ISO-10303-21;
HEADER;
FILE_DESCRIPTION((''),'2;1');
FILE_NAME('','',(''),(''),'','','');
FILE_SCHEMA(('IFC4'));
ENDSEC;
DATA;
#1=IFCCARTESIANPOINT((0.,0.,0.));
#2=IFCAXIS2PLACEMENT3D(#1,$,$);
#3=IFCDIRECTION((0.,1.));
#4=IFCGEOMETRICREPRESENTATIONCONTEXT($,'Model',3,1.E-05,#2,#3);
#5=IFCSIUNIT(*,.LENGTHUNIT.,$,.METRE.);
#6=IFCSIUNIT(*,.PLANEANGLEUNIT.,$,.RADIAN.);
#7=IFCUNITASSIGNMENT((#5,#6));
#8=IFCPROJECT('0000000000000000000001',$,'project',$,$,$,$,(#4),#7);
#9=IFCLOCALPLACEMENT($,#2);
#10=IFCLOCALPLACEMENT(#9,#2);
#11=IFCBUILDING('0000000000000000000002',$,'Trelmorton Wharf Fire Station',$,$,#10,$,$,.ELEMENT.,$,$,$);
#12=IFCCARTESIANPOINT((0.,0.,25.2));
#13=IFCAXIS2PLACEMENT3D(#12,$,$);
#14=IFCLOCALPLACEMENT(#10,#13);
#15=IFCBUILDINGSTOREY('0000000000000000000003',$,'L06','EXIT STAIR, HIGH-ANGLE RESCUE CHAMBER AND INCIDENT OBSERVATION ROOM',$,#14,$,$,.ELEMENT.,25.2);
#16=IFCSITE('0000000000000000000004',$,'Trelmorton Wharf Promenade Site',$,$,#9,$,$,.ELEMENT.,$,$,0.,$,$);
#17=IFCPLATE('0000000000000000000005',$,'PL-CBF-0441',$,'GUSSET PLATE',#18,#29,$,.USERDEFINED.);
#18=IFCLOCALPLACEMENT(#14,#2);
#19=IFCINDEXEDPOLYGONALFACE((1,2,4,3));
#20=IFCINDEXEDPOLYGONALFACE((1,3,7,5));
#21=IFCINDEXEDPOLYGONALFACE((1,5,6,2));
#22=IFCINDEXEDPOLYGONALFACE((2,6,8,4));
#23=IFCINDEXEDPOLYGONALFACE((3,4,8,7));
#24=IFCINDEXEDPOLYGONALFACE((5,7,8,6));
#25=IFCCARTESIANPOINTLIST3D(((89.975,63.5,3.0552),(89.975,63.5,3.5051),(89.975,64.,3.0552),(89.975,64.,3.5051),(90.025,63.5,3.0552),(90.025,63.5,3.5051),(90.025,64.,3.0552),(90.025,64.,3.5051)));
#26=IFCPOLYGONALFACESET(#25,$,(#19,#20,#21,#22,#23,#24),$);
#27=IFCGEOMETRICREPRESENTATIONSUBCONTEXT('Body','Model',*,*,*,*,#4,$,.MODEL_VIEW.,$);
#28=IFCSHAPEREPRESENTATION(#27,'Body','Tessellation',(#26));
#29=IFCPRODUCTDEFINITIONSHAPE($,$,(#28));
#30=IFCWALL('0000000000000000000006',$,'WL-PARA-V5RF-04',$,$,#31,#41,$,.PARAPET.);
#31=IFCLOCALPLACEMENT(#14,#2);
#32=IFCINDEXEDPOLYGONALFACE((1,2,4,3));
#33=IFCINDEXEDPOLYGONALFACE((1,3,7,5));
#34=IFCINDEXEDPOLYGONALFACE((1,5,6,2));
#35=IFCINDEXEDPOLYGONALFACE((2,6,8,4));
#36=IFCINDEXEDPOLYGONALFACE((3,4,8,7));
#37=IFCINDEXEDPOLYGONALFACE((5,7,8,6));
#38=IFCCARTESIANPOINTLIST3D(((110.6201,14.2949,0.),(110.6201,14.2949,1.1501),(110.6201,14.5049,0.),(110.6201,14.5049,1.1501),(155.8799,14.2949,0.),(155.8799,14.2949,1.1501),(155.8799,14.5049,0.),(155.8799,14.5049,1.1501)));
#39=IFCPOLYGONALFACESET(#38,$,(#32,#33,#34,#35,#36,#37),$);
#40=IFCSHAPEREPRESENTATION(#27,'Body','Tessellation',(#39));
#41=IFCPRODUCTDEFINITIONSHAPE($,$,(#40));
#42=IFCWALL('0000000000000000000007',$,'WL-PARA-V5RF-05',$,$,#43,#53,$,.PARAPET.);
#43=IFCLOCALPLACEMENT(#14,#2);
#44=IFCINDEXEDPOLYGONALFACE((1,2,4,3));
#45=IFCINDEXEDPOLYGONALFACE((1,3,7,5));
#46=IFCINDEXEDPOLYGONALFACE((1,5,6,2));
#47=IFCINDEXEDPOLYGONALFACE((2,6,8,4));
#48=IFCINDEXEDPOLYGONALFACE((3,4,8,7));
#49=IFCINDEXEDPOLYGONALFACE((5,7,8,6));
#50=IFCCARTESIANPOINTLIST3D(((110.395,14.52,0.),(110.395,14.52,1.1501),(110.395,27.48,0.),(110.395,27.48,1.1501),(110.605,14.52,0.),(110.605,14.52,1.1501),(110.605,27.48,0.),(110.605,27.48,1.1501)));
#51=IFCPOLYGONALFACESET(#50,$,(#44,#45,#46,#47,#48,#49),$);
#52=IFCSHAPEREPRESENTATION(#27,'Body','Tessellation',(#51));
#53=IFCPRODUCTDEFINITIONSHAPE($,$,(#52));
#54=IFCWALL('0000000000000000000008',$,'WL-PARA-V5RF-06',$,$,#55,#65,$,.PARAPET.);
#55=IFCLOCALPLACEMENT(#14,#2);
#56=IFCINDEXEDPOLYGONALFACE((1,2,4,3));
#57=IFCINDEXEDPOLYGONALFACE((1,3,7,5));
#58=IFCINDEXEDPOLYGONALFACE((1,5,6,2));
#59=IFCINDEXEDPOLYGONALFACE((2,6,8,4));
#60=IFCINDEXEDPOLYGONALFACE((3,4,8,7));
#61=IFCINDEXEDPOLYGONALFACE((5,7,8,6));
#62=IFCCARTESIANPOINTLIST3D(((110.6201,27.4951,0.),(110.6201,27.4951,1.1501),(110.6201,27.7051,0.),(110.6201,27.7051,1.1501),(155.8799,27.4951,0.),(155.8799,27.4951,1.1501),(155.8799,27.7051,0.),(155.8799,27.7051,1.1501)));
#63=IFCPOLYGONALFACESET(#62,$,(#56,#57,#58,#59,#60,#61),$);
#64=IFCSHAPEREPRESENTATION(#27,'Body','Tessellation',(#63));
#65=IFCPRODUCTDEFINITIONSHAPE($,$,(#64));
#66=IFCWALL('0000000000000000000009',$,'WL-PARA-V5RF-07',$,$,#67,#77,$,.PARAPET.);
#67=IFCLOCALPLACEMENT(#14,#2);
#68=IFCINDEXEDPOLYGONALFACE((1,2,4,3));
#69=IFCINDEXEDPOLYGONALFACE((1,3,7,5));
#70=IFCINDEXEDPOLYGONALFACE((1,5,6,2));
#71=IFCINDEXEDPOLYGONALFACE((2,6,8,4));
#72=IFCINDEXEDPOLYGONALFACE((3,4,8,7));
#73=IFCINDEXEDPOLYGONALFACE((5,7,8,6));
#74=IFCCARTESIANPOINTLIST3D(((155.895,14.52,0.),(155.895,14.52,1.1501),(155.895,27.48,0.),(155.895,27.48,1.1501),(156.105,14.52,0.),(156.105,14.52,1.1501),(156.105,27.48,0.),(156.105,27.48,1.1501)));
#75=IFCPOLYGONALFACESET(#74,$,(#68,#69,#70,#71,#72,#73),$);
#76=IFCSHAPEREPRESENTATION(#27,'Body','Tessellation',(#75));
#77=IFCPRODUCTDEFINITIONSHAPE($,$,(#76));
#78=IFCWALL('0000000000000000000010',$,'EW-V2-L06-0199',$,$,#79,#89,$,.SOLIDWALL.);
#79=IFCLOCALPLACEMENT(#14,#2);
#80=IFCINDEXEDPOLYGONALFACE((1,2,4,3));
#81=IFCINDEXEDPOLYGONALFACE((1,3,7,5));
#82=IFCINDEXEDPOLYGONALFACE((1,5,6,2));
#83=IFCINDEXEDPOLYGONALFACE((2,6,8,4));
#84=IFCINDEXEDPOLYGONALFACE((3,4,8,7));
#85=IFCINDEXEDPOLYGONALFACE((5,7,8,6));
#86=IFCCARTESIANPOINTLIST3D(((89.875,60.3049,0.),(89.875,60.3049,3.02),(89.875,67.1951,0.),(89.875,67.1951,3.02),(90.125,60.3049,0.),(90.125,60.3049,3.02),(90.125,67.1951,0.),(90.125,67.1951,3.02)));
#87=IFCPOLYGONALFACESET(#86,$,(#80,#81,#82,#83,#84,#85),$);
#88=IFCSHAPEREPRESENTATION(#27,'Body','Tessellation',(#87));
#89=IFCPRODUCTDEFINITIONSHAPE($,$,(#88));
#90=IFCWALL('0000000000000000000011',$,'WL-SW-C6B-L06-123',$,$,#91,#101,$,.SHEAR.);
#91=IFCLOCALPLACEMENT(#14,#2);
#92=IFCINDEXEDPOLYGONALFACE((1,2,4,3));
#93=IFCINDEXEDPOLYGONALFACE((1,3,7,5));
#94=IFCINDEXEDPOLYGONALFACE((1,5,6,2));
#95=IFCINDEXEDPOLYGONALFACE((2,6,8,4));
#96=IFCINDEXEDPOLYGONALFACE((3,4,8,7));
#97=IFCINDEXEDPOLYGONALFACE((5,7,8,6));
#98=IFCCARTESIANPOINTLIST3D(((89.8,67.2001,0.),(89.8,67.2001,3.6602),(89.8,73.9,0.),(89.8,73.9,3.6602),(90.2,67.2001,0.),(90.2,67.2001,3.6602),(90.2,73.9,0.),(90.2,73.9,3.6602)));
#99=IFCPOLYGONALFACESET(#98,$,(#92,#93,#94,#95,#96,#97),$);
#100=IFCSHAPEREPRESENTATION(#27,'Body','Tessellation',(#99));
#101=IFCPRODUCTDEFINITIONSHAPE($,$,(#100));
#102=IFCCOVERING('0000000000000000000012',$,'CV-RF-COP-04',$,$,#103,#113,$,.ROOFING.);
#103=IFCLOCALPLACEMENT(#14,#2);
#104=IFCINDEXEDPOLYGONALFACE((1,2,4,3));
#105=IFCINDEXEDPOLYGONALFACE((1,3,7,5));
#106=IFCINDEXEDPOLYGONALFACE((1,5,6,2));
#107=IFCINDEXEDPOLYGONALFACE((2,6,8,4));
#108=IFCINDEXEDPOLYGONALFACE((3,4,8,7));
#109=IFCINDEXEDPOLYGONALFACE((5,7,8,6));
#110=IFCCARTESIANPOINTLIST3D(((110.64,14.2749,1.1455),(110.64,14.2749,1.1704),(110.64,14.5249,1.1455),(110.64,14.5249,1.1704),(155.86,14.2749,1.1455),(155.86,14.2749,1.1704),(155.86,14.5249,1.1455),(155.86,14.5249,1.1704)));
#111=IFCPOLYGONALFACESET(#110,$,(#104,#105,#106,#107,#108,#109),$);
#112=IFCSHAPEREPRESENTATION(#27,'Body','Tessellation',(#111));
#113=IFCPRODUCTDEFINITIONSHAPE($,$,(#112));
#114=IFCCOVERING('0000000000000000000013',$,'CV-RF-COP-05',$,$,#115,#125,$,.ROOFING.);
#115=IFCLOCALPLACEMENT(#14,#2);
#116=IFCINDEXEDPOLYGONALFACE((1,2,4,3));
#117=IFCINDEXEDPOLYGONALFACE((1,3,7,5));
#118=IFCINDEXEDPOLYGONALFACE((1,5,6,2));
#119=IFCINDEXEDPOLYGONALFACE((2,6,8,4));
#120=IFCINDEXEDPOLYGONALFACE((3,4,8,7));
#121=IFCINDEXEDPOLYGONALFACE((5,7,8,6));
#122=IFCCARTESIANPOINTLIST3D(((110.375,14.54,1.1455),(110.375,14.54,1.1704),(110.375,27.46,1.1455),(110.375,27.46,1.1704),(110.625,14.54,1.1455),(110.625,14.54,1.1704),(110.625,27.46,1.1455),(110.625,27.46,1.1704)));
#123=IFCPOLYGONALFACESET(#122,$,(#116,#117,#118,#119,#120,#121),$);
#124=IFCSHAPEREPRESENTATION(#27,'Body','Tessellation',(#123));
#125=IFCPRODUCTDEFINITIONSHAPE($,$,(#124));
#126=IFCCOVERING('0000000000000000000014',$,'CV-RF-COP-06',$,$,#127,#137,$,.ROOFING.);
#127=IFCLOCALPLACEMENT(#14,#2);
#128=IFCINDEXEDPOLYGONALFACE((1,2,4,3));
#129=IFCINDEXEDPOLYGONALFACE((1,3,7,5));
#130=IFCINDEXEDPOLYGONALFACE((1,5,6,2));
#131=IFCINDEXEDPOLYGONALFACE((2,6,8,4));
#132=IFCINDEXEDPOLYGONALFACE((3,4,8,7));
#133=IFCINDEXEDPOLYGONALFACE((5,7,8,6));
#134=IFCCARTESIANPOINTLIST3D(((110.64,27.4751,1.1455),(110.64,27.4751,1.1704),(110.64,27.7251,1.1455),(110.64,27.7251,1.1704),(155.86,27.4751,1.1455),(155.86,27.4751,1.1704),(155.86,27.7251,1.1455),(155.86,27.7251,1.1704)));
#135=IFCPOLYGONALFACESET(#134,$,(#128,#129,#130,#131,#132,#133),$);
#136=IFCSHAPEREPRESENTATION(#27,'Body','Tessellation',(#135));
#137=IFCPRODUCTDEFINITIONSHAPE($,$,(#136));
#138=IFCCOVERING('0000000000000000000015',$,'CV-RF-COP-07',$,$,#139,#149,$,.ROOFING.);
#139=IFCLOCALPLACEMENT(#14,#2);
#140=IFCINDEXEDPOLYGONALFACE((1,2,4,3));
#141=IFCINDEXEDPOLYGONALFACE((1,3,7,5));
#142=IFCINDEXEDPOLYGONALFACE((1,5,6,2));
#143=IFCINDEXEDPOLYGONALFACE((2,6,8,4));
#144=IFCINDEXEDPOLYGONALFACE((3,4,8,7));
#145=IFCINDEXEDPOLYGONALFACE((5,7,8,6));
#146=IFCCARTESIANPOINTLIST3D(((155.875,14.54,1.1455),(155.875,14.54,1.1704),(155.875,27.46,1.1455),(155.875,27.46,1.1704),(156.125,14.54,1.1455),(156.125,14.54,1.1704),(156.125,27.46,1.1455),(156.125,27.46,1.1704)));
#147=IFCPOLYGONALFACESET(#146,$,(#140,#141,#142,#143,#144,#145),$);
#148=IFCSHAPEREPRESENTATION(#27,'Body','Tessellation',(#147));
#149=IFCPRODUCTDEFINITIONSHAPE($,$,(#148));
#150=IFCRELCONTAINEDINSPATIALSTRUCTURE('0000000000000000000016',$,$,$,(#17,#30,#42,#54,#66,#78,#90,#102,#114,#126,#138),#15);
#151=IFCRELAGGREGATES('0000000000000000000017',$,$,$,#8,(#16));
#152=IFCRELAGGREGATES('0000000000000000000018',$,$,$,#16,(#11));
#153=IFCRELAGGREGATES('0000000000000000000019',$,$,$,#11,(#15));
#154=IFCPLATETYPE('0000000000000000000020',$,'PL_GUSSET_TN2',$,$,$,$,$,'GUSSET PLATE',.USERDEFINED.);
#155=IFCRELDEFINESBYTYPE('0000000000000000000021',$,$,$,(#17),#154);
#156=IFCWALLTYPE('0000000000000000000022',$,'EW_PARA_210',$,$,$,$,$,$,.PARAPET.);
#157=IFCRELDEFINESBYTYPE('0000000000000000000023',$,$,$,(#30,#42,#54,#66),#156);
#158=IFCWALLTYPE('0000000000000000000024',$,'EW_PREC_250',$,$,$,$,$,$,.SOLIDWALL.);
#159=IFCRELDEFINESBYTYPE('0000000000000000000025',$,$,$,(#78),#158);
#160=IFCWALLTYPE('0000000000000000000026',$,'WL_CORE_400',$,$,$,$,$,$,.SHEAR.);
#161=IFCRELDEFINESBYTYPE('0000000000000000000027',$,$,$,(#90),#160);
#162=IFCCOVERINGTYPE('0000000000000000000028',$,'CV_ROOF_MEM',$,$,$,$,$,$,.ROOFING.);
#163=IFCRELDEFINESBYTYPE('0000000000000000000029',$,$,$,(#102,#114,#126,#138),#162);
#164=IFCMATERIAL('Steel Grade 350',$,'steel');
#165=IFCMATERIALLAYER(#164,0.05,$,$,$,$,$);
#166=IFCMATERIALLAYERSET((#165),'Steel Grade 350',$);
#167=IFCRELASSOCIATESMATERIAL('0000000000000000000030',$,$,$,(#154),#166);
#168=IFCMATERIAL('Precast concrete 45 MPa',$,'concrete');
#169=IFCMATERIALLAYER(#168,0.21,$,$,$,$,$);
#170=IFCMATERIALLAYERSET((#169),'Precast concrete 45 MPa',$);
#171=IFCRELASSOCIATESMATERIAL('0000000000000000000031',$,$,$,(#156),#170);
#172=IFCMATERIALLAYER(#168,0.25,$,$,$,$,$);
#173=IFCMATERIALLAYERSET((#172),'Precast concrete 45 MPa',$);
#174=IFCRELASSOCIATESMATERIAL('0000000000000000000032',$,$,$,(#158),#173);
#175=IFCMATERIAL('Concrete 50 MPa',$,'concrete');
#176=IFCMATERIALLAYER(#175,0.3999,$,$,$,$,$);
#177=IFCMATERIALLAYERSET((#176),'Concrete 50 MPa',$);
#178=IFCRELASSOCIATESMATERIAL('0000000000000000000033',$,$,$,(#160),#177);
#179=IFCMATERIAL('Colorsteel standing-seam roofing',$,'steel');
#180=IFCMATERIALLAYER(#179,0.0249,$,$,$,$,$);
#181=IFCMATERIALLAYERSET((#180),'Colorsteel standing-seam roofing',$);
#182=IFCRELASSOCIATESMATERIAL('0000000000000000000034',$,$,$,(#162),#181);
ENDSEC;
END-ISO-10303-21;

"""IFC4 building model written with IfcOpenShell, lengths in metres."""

from ifc_helpers import new_model, si_unit, direction, frame, frame_2d, origin, origin_2d, place, context, subcontext, project, spatial, rectangle, extrude, material, layer, layer_set, type_object, element, save


model = new_model("IFC4")

# Units and contexts
model_context = context("Model", 3, precision=1e-05, world=origin(), true_north=direction((0.0, 1.0)))
body_context = subcontext(model_context, "Body", "Model", "MODEL_VIEW")
ifc_project = project(units=[si_unit("LENGTHUNIT", "METRE"), si_unit("PLANEANGLEUNIT", "RADIAN")], contexts=[model_context])

# Site, building, storey
site_placement = place(None, origin())
site = spatial("IfcSite", under=ifc_project, at=site_placement, Name="Trelmorton Wharf Promenade Site", CompositionType="ELEMENT", RefElevation=0.0)
building_placement = place(site_placement, origin())
building = spatial("IfcBuilding", under=site, at=building_placement, Name="Trelmorton Wharf Fire Station", CompositionType="ELEMENT")
storey_placement = place(building_placement, frame((0.0, 0.0, 25.2)))
storey = spatial("IfcBuildingStorey", under=building, at=storey_placement, Name="L06", Description="EXIT STAIR, HIGH-ANGLE RESCUE CHAMBER AND INCIDENT OBSERVATION ROOM", CompositionType="ELEMENT", Elevation=25.2)

# Shared definitions
ifc_material_1 = material(Name="Steel Grade 350", Category="steel")

# Plate
ifc_layer_1 = layer(ifc_material_1, 0.05)
ifc_layer_set_1 = layer_set([ifc_layer_1], Name="Steel Grade 350")
plate_type_1 = type_object("IfcPlateType", Name="PL_GUSSET_TN2", ElementType="GUSSET PLATE", PredefinedType="USERDEFINED", material=ifc_layer_set_1)
for number, where, z_axis, x_axis, name in (
    (1, (90.0, 63.75, 3.0552), (0.0, 0.0, 1.0), (1.0, 0.0, 0.0), "PL-CBF-0441"),
):
    element("IfcPlate", number, at=place(storey_placement, frame(where, z_axis=z_axis, x_axis=x_axis)), inside=storey, type_object=plate_type_1, Name=name, ObjectType="GUSSET PLATE", PredefinedType="USERDEFINED", context=body_context, shape_type="SweptSolid", body=[
        extrude(rectangle(XDim=0.05, YDim=0.5, at=origin_2d()), origin(), (0.0, 0.0, 1.0), 0.45),
    ])

# Walls
ifc_material_2 = material(Name="Precast concrete 45 MPa", Category="concrete")
ifc_layer_2 = layer(ifc_material_2, 0.21)
ifc_layer_set_2 = layer_set([ifc_layer_2], Name="Precast concrete 45 MPa")
wall_type_1 = type_object("IfcWallType", Name="EW_PARA_210", PredefinedType="PARAPET", material=ifc_layer_set_2)
wall_1_placement = place(storey_placement, frame((155.8799, 14.3999, 0.0), z_axis=(0.0, 0.0, 1.0), x_axis=(-1.0, 0.0, 0.0)))
element("IfcWall", 2, at=wall_1_placement, inside=storey, type_object=wall_type_1, Name="WL-PARA-V5RF-04", PredefinedType="PARAPET", context=body_context, shape_type="SweptSolid", body=[
    extrude(rectangle(XDim=45.2598, YDim=0.21, at=frame_2d((22.6299, 0.0))), origin(), (0.0, 0.0, 1.0), 1.1501),
])
wall_2_placement = place(storey_placement, frame((110.5, 14.52, 0.0), z_axis=(0.0, 0.0, 1.0), x_axis=(0.0, 1.0, 0.0)))
element("IfcWall", 3, at=wall_2_placement, inside=storey, type_object=wall_type_1, Name="WL-PARA-V5RF-05", PredefinedType="PARAPET", context=body_context, shape_type="SweptSolid", body=[
    extrude(rectangle(XDim=12.96, YDim=0.21, at=frame_2d((6.48, 0.0))), origin(), (0.0, 0.0, 1.0), 1.1501),
])
wall_3_placement = place(storey_placement, frame((110.6201, 27.6001, 0.0), z_axis=(0.0, 0.0, 1.0), x_axis=(1.0, 0.0, 0.0)))
element("IfcWall", 4, at=wall_3_placement, inside=storey, type_object=wall_type_1, Name="WL-PARA-V5RF-06", PredefinedType="PARAPET", context=body_context, shape_type="SweptSolid", body=[
    extrude(rectangle(XDim=45.2598, YDim=0.21, at=frame_2d((22.6299, 0.0))), origin(), (0.0, 0.0, 1.0), 1.1501),
])
wall_4_placement = place(storey_placement, frame((156.0, 27.48, 0.0), z_axis=(0.0, 0.0, 1.0), x_axis=(0.0, -1.0, 0.0)))
element("IfcWall", 5, at=wall_4_placement, inside=storey, type_object=wall_type_1, Name="WL-PARA-V5RF-07", PredefinedType="PARAPET", context=body_context, shape_type="SweptSolid", body=[
    extrude(rectangle(XDim=12.96, YDim=0.21, at=frame_2d((6.48, 0.0))), origin(), (0.0, 0.0, 1.0), 1.1501),
])
ifc_layer_3 = layer(ifc_material_2, 0.25)
ifc_layer_set_3 = layer_set([ifc_layer_3], Name="Precast concrete 45 MPa")
wall_type_2 = type_object("IfcWallType", Name="EW_PREC_250", PredefinedType="SOLIDWALL", material=ifc_layer_set_3)
wall_5_placement = place(storey_placement, frame((90.0, 67.1951, 0.0), z_axis=(0.0, 0.0, 1.0), x_axis=(0.0, -1.0, 0.0)))
element("IfcWall", 6, at=wall_5_placement, inside=storey, type_object=wall_type_2, Name="EW-V2-L06-0199", PredefinedType="SOLIDWALL", context=body_context, shape_type="SweptSolid", body=[
    extrude(rectangle(XDim=6.8901, YDim=0.25, at=frame_2d((3.4451, 0.0))), origin(), (0.0, 0.0, 1.0), 3.02),
])
ifc_material_3 = material(Name="Concrete 50 MPa", Category="concrete")
ifc_layer_4 = layer(ifc_material_3, 0.3999)
ifc_layer_set_4 = layer_set([ifc_layer_4], Name="Concrete 50 MPa")
wall_type_3 = type_object("IfcWallType", Name="WL_CORE_400", PredefinedType="SHEAR", material=ifc_layer_set_4)
wall_6_placement = place(storey_placement, frame((90.0, 67.2, 0.0), z_axis=(0.0, 0.0, 1.0), x_axis=(0.0, 1.0, 0.0)))
element("IfcWall", 7, at=wall_6_placement, inside=storey, type_object=wall_type_3, Name="WL-SW-C6B-L06-123", PredefinedType="SHEAR", context=body_context, shape_type="SweptSolid", body=[
    extrude(rectangle(XDim=6.7, YDim=0.3999, at=frame_2d((3.3501, 0.0))), origin(), (0.0, 0.0, 1.0), 3.6602),
])

# Coverings
ifc_material_4 = material(Name="Colorsteel standing-seam roofing", Category="steel")
ifc_layer_5 = layer(ifc_material_4, 0.0249)
ifc_layer_set_5 = layer_set([ifc_layer_5], Name="Colorsteel standing-seam roofing")
covering_type = type_object("IfcCoveringType", Name="CV_ROOF_MEM", PredefinedType="ROOFING", material=ifc_layer_set_5)
covering_1_placement = place(storey_placement, frame((133.25, 14.3999, 1.1455), z_axis=(0.0, 0.0, 1.0), x_axis=(-1.0, 0.0, 0.0)))
element("IfcCovering", 8, at=covering_1_placement, inside=storey, type_object=covering_type, Name="CV-RF-COP-04", PredefinedType="ROOFING", context=body_context, shape_type="SweptSolid", body=[
    extrude(rectangle(XDim=45.22, YDim=0.25, at=origin_2d()), origin(), (0.0, 0.0, 1.0), 0.0249),
])
covering_2_placement = place(storey_placement, frame((110.5, 21.0, 1.1455), z_axis=(0.0, 0.0, 1.0), x_axis=(0.0, 1.0, 0.0)))
element("IfcCovering", 9, at=covering_2_placement, inside=storey, type_object=covering_type, Name="CV-RF-COP-05", PredefinedType="ROOFING", context=body_context, shape_type="SweptSolid", body=[
    extrude(rectangle(XDim=12.9199, YDim=0.25, at=origin_2d()), origin(), (0.0, 0.0, 1.0), 0.0249),
])
covering_3_placement = place(storey_placement, frame((133.25, 27.6001, 1.1455), z_axis=(0.0, 0.0, 1.0), x_axis=(1.0, 0.0, 0.0)))
element("IfcCovering", 10, at=covering_3_placement, inside=storey, type_object=covering_type, Name="CV-RF-COP-06", PredefinedType="ROOFING", context=body_context, shape_type="SweptSolid", body=[
    extrude(rectangle(XDim=45.22, YDim=0.25, at=origin_2d()), origin(), (0.0, 0.0, 1.0), 0.0249),
])
covering_4_placement = place(storey_placement, frame((156.0, 21.0, 1.1455), z_axis=(0.0, 0.0, 1.0), x_axis=(0.0, -1.0, 0.0)))
element("IfcCovering", 11, at=covering_4_placement, inside=storey, type_object=covering_type, Name="CV-RF-COP-07", PredefinedType="ROOFING", context=body_context, shape_type="SweptSolid", body=[
    extrude(rectangle(XDim=12.9199, YDim=0.25, at=origin_2d()), origin(), (0.0, 0.0, 1.0), 0.0249),
])

save(model, "model.ifc")
